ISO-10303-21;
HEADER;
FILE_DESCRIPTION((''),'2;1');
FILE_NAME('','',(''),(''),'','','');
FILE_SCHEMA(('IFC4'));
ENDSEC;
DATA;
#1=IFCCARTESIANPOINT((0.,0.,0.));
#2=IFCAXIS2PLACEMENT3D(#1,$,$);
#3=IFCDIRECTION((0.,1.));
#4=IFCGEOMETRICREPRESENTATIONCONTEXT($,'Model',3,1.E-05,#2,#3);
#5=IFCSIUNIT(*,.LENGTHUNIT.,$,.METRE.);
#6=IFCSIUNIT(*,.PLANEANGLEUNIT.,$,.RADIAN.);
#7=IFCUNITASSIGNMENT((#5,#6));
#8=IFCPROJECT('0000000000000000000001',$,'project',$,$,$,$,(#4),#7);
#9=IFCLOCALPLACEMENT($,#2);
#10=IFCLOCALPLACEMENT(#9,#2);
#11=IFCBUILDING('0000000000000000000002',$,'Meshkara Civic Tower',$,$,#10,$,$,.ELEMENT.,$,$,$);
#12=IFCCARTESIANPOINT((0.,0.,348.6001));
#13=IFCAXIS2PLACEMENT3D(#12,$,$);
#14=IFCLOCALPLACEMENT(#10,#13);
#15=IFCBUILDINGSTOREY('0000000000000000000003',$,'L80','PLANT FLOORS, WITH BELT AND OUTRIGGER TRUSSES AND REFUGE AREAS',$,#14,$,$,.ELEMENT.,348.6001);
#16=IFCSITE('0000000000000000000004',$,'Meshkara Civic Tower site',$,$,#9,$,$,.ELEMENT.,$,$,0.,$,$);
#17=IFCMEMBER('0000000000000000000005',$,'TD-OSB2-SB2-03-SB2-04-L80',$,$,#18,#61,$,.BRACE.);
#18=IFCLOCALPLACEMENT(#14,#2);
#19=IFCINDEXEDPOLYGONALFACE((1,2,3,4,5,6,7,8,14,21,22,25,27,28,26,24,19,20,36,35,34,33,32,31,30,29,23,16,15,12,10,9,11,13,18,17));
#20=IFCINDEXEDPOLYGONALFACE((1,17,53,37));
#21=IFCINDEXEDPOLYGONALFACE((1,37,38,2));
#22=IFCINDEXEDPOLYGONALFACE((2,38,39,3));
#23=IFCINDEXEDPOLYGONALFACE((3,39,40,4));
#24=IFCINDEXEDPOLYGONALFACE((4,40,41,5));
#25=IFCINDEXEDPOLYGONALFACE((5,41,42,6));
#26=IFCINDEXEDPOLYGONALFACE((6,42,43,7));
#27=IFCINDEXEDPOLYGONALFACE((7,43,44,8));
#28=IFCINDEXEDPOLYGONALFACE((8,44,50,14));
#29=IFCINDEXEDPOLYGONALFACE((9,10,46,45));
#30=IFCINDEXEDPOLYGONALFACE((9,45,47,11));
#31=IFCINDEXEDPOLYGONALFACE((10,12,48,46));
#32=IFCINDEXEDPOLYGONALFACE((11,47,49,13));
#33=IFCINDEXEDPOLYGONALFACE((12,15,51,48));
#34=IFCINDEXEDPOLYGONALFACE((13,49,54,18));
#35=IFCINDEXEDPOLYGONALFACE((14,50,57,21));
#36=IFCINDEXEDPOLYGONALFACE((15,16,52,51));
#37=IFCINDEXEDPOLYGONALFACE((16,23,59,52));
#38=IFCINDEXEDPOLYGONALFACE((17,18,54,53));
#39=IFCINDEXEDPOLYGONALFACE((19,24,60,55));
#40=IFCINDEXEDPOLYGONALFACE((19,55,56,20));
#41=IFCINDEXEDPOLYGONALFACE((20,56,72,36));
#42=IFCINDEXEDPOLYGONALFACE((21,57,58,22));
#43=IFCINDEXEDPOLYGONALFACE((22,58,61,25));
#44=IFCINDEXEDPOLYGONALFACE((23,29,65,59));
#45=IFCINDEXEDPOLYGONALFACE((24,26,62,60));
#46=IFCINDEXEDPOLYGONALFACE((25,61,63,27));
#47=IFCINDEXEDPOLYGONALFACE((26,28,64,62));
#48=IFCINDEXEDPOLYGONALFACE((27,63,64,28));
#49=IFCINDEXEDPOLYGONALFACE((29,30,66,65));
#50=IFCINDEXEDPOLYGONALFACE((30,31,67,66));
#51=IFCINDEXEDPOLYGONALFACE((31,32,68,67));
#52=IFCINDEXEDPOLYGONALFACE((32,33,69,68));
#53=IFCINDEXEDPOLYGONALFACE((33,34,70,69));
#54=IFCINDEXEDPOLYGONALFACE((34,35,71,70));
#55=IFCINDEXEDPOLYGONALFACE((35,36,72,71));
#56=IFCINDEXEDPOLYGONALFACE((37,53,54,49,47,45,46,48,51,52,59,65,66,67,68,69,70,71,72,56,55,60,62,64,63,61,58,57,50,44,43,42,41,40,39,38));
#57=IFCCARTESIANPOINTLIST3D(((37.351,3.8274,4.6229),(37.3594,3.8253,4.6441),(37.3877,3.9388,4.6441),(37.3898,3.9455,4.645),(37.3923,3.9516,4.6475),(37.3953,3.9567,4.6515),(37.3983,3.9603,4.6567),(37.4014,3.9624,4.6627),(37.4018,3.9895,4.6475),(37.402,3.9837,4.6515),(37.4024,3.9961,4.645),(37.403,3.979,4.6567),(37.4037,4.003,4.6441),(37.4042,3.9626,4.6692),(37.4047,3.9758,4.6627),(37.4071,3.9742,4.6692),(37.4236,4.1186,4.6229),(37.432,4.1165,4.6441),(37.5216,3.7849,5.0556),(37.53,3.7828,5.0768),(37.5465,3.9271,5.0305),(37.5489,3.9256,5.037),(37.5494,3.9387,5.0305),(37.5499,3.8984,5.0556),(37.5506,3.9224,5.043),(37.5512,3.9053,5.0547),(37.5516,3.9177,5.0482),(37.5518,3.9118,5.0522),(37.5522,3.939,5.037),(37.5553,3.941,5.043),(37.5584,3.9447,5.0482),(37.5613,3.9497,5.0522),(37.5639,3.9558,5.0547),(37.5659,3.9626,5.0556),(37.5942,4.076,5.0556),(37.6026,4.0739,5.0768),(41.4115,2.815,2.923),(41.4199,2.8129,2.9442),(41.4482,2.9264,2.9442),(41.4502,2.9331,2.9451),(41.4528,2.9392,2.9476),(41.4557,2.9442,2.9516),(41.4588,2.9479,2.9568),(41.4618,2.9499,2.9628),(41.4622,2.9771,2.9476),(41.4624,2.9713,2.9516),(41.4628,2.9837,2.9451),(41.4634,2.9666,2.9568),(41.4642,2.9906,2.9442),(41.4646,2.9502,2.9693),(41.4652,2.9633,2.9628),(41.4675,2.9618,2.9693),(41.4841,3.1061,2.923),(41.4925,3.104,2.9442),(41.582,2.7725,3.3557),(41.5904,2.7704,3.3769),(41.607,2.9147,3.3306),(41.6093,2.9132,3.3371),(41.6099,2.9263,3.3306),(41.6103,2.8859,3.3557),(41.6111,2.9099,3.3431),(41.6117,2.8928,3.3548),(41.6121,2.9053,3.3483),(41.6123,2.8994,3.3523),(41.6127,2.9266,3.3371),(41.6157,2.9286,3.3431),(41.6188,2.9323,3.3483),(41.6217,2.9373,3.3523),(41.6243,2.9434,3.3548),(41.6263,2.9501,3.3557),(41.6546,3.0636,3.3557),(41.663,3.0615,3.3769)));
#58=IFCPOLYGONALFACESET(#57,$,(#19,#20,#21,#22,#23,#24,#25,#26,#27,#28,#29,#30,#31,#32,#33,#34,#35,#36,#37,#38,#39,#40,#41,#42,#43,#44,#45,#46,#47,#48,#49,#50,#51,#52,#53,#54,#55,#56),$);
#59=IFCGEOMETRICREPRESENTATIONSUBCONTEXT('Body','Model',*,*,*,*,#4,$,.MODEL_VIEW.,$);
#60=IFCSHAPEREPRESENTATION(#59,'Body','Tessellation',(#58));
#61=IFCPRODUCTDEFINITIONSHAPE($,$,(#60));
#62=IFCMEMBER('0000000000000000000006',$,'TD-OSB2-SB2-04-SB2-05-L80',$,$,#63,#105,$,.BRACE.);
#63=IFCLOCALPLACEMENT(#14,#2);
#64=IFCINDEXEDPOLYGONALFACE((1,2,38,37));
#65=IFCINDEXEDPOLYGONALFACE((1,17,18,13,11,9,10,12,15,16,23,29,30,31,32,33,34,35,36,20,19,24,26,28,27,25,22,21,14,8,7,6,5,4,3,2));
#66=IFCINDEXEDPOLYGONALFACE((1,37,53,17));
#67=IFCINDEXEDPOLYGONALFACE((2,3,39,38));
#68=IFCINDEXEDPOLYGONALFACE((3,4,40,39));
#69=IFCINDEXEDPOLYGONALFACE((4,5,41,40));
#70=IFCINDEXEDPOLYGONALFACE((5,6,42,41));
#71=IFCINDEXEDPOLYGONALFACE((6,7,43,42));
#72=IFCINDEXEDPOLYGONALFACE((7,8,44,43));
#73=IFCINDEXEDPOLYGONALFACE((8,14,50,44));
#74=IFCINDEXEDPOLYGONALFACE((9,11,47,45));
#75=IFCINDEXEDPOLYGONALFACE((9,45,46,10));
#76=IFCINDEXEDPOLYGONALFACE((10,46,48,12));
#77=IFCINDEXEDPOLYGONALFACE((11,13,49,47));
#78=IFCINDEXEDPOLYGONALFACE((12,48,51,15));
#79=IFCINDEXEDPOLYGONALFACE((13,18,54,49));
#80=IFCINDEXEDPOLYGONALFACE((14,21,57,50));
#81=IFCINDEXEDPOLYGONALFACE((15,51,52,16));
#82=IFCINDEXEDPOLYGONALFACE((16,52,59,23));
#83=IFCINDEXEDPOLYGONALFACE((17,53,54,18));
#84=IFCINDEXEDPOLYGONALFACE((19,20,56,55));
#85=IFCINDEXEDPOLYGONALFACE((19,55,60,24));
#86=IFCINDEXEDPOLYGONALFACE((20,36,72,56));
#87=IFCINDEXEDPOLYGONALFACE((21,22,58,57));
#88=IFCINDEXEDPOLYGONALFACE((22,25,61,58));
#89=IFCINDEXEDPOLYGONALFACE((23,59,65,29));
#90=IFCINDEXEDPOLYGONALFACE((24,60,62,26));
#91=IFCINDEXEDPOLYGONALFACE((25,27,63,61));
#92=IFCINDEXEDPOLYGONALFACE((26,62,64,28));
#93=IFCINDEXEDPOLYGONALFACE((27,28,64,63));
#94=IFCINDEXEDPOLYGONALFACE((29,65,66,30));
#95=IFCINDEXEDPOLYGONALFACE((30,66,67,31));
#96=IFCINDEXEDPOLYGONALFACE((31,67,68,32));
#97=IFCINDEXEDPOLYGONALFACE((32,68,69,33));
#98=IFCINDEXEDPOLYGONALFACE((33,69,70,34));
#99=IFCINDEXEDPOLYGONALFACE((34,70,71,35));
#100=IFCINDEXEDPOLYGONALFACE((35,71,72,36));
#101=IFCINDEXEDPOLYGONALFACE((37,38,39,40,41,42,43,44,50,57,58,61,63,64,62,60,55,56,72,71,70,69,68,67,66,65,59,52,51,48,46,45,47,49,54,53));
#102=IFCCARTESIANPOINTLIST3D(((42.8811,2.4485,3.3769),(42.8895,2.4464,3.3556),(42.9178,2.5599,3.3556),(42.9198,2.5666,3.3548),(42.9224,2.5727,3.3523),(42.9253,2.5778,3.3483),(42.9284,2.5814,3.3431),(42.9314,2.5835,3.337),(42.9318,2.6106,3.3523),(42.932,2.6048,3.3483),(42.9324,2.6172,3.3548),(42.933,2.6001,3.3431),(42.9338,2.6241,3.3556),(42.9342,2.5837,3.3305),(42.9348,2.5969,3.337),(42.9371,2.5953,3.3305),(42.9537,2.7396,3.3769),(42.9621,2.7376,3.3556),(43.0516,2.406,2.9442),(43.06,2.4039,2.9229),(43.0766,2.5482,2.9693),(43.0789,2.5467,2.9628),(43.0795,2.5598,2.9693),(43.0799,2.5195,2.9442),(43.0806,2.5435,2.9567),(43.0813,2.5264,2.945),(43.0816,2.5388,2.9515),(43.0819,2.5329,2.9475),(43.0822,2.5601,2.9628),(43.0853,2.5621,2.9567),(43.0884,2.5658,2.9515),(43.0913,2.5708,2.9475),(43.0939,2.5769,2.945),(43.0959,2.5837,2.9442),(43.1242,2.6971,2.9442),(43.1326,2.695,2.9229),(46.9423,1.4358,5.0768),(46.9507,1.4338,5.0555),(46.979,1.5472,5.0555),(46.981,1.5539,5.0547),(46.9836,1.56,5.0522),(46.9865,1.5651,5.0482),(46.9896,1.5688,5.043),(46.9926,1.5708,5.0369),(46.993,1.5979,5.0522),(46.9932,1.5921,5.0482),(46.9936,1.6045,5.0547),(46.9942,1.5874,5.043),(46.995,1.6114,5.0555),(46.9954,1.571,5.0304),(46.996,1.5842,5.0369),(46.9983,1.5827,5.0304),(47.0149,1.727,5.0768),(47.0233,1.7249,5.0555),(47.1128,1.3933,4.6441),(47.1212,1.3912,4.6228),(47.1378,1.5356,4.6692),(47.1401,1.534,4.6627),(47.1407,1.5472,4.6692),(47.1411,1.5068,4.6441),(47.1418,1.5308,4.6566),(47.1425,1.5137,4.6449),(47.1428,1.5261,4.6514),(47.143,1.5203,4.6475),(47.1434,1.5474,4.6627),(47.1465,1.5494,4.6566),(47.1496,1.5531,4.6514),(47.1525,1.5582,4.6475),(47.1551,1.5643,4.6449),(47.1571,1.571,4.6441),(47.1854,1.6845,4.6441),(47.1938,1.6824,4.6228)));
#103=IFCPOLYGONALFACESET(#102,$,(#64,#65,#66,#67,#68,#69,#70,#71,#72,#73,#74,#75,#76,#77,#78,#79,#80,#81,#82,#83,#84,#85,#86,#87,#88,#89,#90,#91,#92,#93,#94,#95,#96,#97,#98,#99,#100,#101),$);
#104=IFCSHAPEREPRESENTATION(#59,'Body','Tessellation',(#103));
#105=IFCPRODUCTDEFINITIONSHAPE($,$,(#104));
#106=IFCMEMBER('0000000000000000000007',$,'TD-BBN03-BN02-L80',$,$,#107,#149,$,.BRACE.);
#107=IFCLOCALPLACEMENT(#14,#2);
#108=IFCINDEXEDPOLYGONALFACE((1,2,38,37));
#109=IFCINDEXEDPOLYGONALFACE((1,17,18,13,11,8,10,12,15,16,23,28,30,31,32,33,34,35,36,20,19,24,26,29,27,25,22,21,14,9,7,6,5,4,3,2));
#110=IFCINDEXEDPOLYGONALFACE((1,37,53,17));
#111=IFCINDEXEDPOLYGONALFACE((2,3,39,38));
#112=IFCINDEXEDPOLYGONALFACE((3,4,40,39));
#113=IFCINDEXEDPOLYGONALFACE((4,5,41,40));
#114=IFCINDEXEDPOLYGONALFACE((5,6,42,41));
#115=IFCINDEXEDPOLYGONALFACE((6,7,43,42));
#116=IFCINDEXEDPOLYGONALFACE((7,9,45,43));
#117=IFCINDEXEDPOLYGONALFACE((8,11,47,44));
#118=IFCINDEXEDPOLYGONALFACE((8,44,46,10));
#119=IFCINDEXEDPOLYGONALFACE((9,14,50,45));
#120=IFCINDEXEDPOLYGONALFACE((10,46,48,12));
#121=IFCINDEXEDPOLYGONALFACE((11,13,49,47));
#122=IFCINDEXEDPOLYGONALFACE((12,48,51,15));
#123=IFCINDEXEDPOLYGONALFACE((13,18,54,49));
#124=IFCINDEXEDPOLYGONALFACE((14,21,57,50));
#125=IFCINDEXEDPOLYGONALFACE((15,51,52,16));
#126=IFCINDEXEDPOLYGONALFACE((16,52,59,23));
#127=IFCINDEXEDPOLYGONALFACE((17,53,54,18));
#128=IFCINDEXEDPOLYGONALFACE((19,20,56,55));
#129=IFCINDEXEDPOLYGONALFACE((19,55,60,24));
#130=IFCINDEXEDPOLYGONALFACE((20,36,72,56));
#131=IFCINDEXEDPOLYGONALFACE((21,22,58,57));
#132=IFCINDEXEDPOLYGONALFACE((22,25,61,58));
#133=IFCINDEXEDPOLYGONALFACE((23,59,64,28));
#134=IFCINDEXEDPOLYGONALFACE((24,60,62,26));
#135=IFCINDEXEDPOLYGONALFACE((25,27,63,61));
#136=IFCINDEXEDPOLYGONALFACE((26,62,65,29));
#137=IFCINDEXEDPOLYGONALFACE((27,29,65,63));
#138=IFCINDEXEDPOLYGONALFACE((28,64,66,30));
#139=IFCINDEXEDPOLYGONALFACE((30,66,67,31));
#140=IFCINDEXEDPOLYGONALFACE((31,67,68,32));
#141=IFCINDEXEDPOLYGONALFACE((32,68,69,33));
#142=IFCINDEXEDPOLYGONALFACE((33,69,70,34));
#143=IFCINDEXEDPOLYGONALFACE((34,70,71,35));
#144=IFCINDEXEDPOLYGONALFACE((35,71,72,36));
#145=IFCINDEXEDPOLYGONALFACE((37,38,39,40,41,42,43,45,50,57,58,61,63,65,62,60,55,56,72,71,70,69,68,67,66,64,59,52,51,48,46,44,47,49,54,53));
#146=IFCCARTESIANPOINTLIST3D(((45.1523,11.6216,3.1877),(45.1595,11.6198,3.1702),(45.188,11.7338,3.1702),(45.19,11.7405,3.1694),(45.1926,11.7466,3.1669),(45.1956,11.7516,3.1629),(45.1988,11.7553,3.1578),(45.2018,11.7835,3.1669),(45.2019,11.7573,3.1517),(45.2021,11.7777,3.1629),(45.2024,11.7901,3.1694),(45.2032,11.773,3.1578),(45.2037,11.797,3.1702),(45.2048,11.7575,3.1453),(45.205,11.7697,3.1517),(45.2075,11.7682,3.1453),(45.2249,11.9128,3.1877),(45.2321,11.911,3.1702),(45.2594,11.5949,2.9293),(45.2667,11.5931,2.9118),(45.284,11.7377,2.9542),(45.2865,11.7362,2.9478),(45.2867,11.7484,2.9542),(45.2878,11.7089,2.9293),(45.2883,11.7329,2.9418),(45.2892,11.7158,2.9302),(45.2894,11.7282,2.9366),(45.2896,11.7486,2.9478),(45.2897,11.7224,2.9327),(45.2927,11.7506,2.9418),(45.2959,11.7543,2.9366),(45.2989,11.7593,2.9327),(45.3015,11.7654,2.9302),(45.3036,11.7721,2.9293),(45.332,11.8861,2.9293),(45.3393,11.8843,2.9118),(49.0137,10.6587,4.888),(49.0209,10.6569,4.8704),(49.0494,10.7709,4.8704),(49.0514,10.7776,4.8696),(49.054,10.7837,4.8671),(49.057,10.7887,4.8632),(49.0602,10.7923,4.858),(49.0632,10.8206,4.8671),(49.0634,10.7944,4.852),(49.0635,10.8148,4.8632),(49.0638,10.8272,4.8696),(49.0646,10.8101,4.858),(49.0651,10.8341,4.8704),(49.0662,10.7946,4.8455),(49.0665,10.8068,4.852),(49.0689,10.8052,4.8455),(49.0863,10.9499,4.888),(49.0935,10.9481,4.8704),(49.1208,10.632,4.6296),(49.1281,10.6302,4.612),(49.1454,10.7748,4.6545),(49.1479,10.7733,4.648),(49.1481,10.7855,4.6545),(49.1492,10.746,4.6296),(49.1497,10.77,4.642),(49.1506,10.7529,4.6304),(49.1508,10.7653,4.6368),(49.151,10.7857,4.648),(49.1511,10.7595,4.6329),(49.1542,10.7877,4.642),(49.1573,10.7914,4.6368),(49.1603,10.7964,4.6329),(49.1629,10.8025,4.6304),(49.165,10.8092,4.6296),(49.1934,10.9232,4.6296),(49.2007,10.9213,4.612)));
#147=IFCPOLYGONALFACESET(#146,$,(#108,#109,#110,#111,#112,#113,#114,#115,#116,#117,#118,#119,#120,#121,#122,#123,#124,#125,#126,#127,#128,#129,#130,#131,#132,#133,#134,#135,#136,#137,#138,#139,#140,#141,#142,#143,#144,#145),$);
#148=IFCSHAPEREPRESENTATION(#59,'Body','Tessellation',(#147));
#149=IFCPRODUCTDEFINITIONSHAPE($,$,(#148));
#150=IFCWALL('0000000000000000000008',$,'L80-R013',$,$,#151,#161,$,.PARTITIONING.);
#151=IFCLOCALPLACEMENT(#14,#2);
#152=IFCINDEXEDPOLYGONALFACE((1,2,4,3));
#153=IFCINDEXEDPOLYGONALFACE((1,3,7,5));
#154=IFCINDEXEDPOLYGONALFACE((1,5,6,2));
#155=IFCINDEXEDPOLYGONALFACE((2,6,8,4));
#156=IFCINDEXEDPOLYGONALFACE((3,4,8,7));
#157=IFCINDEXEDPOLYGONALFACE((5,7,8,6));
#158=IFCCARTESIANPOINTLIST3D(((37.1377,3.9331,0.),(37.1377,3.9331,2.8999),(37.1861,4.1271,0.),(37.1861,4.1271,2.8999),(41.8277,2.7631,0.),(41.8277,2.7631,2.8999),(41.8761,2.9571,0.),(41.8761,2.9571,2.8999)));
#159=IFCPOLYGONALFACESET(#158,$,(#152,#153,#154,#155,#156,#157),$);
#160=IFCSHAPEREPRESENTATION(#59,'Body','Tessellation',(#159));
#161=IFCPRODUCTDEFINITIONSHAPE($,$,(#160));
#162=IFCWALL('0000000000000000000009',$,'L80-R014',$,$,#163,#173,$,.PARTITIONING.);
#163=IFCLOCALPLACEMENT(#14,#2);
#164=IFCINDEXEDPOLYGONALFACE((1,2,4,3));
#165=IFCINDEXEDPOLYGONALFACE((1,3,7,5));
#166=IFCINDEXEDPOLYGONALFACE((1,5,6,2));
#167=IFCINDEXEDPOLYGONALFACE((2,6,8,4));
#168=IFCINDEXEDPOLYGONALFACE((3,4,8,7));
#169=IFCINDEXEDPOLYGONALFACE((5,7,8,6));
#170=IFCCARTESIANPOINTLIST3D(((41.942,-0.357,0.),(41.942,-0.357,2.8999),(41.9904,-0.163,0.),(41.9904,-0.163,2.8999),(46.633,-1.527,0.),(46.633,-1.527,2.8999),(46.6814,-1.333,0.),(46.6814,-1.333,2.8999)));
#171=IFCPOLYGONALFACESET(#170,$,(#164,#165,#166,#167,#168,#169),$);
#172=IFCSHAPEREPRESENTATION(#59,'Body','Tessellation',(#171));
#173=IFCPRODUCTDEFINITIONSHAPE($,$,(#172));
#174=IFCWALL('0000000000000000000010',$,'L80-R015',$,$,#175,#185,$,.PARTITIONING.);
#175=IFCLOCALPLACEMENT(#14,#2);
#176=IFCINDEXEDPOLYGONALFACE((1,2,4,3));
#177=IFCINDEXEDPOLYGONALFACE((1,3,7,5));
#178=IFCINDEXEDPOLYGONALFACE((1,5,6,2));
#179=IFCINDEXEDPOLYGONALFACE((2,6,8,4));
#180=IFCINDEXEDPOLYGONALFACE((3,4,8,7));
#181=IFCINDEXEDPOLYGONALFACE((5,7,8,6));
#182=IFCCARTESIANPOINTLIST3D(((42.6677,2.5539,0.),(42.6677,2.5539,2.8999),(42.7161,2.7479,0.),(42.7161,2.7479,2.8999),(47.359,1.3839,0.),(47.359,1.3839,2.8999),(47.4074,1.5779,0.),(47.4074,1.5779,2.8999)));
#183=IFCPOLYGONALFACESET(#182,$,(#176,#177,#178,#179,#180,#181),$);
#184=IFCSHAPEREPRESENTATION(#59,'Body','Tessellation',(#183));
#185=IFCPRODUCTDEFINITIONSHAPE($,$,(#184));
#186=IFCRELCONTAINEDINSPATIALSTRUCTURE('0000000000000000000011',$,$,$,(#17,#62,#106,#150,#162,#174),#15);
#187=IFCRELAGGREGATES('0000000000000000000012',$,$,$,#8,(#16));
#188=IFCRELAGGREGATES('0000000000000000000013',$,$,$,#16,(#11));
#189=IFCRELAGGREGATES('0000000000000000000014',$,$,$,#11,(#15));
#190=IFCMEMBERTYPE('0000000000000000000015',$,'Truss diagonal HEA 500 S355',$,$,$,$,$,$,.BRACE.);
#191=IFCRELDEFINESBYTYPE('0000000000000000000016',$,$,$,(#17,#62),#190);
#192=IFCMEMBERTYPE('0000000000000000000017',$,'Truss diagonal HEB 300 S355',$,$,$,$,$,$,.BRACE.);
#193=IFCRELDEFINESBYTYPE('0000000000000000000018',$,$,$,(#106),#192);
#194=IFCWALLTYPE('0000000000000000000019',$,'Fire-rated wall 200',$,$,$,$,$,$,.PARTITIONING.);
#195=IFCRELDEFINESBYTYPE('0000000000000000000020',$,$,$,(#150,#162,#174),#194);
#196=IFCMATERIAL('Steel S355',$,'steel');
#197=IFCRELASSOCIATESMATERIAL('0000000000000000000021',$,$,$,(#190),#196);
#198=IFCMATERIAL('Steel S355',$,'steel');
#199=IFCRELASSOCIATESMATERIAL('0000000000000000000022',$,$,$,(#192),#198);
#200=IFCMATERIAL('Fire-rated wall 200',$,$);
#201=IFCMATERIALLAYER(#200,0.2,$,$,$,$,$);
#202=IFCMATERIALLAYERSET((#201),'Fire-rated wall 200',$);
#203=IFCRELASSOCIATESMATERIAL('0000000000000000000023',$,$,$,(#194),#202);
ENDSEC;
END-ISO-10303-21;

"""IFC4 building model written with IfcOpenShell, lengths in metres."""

from ifc_helpers import new_model, si_unit, direction, frame, frame_2d, origin, origin_2d, place, context, subcontext, project, spatial, rectangle, i_section, extrude, material, layer, layer_set, material_profile, profile_set, type_object, element, save


model = new_model("IFC4")

# Units and contexts
model_context = context("Model", 3, precision=1e-05, world=origin(), true_north=direction((0.0, 1.0)))
body_context = subcontext(model_context, "Body", "Model", "MODEL_VIEW")
ifc_project = project(units=[si_unit("LENGTHUNIT", "METRE"), si_unit("PLANEANGLEUNIT", "RADIAN")], contexts=[model_context])

# Site, building, storey
site_placement = place(None, origin())
site = spatial("IfcSite", under=ifc_project, at=site_placement, Name="Meshkara Civic Tower site", CompositionType="ELEMENT", RefElevation=0.0)
building_placement = place(site_placement, origin())
building = spatial("IfcBuilding", under=site, at=building_placement, Name="Meshkara Civic Tower", CompositionType="ELEMENT")
storey_placement = place(building_placement, frame((0.0, 0.0, 348.6001)))
storey = spatial("IfcBuildingStorey", under=building, at=storey_placement, Name="L80", Description="PLANT FLOORS, WITH BELT AND OUTRIGGER TRUSSES AND REFUGE AREAS", CompositionType="ELEMENT", Elevation=348.6001)

# Members
ifc_material_1 = material(Name="Steel S355", Category="steel")
ifc_material_profile_1 = material_profile(ifc_material_1, i_section(OverallWidth=0.3, OverallDepth=0.49, WebThickness=0.012, FlangeThickness=0.0229, FilletRadius=0.0271, at=origin_2d()))
ifc_profile_set_1 = profile_set([ifc_material_profile_1], Name="Steel S355")
member_type_1 = type_object("IfcMemberType", Name="Truss diagonal HEA 500 S355", PredefinedType="BRACE", material=ifc_profile_set_1)
member_1_placement = place(storey_placement, frame((37.4768, 3.9507, 4.8499), z_axis=(0.898956, -0.224144, -0.376348), x_axis=(0.241932, 0.970293, 0.0)))
element("IfcMember", 1, at=member_1_placement, inside=storey, type_object=member_type_1, Name="TD-OSB2-SB2-03-SB2-04-L80", PredefinedType="BRACE", context=body_context, shape_type="SweptSolid", body=[
    extrude(i_section(OverallWidth=0.3, OverallDepth=0.49, WebThickness=0.012, FlangeThickness=0.0229, FilletRadius=0.0271, at=origin_2d()), origin(), (0.0, 0.0, 1.0), 4.5168),
])
member_2_placement = place(storey_placement, frame((43.0068, 2.5718, 3.1499), z_axis=(0.898976, -0.224163, 0.376289), x_axis=(0.241945, 0.97029, 0.0)))
element("IfcMember", 2, at=member_2_placement, inside=storey, type_object=member_type_1, Name="TD-OSB2-SB2-04-SB2-05-L80", PredefinedType="BRACE", context=body_context, shape_type="SweptSolid", body=[
    extrude(i_section(OverallWidth=0.3, OverallDepth=0.49, WebThickness=0.012, FlangeThickness=0.0229, FilletRadius=0.0271, at=origin_2d()), origin(), (0.0, 0.0, 1.0), 4.5176),
])
ifc_material_2 = material(Name="Steel S355", Category="steel")
ifc_material_profile_2 = material_profile(ifc_material_2, i_section(OverallWidth=0.3, OverallDepth=0.3, WebThickness=0.011, FlangeThickness=0.019, FilletRadius=0.0271, at=origin_2d()))
ifc_profile_set_2 = profile_set([ifc_material_profile_2], Name="Steel S355")
member_type_2 = type_object("IfcMemberType", Name="Truss diagonal HEB 300 S355", PredefinedType="BRACE", material=ifc_profile_set_2)
member_3_placement = place(storey_placement, frame((49.1072, 10.79, 4.75), z_axis=(-0.892267, 0.222503, -0.392877), x_axis=(-0.241958, -0.970287, 0.0)))
element("IfcMember", 3, at=member_3_placement, inside=storey, type_object=member_type_2, Name="TD-BBN03-BN02-L80", PredefinedType="BRACE", context=body_context, shape_type="SweptSolid", body=[
    extrude(i_section(OverallWidth=0.3, OverallDepth=0.3, WebThickness=0.011, FlangeThickness=0.019, FilletRadius=0.0271, at=origin_2d()), origin(), (0.0, 0.0, 1.0), 4.3276),
])

# Walls
ifc_material_3 = material(Name="Fire-rated wall 200")
ifc_layer = layer(ifc_material_3, 0.2)
ifc_layer_set = layer_set([ifc_layer], Name="Fire-rated wall 200")
wall_type = type_object("IfcWallType", Name="Fire-rated wall 200", PredefinedType="PARTITIONING", material=ifc_layer_set)
wall_1_placement = place(storey_placement, frame((41.8521, 2.8601, 0.0), z_axis=(0.0, 0.0, 1.0), x_axis=(-0.970267, 0.242036, 0.0)))
element("IfcWall", 4, at=wall_1_placement, inside=storey, type_object=wall_type, Name="L80-R013", PredefinedType="PARTITIONING", context=body_context, shape_type="SweptSolid", body=[
    extrude(rectangle(XDim=4.8337, YDim=0.2, at=frame_2d((2.417, 0.0))), origin(), (0.0, 0.0, 1.0), 2.8999),
])
wall_2_placement = place(storey_placement, frame((41.9661, -0.26, 0.0), z_axis=(0.0, 0.0, 1.0), x_axis=(0.970279, -0.241989, 0.0)))
element("IfcWall", 5, at=wall_2_placement, inside=storey, type_object=wall_type, Name="L80-R014", PredefinedType="PARTITIONING", context=body_context, shape_type="SweptSolid", body=[
    extrude(rectangle(XDim=4.8347, YDim=0.2, at=frame_2d((2.4175, 0.0))), origin(), (0.0, 0.0, 1.0), 2.8999),
])
wall_3_placement = place(storey_placement, frame((42.6919, 2.6509, 0.0), z_axis=(0.0, 0.0, 1.0), x_axis=(0.970282, -0.241977, 0.0)))
element("IfcWall", 6, at=wall_3_placement, inside=storey, type_object=wall_type, Name="L80-R015", PredefinedType="PARTITIONING", context=body_context, shape_type="SweptSolid", body=[
    extrude(rectangle(XDim=4.835, YDim=0.2, at=frame_2d((2.4175, 0.0))), origin(), (0.0, 0.0, 1.0), 2.8999),
])

save(model, "model.ifc")
